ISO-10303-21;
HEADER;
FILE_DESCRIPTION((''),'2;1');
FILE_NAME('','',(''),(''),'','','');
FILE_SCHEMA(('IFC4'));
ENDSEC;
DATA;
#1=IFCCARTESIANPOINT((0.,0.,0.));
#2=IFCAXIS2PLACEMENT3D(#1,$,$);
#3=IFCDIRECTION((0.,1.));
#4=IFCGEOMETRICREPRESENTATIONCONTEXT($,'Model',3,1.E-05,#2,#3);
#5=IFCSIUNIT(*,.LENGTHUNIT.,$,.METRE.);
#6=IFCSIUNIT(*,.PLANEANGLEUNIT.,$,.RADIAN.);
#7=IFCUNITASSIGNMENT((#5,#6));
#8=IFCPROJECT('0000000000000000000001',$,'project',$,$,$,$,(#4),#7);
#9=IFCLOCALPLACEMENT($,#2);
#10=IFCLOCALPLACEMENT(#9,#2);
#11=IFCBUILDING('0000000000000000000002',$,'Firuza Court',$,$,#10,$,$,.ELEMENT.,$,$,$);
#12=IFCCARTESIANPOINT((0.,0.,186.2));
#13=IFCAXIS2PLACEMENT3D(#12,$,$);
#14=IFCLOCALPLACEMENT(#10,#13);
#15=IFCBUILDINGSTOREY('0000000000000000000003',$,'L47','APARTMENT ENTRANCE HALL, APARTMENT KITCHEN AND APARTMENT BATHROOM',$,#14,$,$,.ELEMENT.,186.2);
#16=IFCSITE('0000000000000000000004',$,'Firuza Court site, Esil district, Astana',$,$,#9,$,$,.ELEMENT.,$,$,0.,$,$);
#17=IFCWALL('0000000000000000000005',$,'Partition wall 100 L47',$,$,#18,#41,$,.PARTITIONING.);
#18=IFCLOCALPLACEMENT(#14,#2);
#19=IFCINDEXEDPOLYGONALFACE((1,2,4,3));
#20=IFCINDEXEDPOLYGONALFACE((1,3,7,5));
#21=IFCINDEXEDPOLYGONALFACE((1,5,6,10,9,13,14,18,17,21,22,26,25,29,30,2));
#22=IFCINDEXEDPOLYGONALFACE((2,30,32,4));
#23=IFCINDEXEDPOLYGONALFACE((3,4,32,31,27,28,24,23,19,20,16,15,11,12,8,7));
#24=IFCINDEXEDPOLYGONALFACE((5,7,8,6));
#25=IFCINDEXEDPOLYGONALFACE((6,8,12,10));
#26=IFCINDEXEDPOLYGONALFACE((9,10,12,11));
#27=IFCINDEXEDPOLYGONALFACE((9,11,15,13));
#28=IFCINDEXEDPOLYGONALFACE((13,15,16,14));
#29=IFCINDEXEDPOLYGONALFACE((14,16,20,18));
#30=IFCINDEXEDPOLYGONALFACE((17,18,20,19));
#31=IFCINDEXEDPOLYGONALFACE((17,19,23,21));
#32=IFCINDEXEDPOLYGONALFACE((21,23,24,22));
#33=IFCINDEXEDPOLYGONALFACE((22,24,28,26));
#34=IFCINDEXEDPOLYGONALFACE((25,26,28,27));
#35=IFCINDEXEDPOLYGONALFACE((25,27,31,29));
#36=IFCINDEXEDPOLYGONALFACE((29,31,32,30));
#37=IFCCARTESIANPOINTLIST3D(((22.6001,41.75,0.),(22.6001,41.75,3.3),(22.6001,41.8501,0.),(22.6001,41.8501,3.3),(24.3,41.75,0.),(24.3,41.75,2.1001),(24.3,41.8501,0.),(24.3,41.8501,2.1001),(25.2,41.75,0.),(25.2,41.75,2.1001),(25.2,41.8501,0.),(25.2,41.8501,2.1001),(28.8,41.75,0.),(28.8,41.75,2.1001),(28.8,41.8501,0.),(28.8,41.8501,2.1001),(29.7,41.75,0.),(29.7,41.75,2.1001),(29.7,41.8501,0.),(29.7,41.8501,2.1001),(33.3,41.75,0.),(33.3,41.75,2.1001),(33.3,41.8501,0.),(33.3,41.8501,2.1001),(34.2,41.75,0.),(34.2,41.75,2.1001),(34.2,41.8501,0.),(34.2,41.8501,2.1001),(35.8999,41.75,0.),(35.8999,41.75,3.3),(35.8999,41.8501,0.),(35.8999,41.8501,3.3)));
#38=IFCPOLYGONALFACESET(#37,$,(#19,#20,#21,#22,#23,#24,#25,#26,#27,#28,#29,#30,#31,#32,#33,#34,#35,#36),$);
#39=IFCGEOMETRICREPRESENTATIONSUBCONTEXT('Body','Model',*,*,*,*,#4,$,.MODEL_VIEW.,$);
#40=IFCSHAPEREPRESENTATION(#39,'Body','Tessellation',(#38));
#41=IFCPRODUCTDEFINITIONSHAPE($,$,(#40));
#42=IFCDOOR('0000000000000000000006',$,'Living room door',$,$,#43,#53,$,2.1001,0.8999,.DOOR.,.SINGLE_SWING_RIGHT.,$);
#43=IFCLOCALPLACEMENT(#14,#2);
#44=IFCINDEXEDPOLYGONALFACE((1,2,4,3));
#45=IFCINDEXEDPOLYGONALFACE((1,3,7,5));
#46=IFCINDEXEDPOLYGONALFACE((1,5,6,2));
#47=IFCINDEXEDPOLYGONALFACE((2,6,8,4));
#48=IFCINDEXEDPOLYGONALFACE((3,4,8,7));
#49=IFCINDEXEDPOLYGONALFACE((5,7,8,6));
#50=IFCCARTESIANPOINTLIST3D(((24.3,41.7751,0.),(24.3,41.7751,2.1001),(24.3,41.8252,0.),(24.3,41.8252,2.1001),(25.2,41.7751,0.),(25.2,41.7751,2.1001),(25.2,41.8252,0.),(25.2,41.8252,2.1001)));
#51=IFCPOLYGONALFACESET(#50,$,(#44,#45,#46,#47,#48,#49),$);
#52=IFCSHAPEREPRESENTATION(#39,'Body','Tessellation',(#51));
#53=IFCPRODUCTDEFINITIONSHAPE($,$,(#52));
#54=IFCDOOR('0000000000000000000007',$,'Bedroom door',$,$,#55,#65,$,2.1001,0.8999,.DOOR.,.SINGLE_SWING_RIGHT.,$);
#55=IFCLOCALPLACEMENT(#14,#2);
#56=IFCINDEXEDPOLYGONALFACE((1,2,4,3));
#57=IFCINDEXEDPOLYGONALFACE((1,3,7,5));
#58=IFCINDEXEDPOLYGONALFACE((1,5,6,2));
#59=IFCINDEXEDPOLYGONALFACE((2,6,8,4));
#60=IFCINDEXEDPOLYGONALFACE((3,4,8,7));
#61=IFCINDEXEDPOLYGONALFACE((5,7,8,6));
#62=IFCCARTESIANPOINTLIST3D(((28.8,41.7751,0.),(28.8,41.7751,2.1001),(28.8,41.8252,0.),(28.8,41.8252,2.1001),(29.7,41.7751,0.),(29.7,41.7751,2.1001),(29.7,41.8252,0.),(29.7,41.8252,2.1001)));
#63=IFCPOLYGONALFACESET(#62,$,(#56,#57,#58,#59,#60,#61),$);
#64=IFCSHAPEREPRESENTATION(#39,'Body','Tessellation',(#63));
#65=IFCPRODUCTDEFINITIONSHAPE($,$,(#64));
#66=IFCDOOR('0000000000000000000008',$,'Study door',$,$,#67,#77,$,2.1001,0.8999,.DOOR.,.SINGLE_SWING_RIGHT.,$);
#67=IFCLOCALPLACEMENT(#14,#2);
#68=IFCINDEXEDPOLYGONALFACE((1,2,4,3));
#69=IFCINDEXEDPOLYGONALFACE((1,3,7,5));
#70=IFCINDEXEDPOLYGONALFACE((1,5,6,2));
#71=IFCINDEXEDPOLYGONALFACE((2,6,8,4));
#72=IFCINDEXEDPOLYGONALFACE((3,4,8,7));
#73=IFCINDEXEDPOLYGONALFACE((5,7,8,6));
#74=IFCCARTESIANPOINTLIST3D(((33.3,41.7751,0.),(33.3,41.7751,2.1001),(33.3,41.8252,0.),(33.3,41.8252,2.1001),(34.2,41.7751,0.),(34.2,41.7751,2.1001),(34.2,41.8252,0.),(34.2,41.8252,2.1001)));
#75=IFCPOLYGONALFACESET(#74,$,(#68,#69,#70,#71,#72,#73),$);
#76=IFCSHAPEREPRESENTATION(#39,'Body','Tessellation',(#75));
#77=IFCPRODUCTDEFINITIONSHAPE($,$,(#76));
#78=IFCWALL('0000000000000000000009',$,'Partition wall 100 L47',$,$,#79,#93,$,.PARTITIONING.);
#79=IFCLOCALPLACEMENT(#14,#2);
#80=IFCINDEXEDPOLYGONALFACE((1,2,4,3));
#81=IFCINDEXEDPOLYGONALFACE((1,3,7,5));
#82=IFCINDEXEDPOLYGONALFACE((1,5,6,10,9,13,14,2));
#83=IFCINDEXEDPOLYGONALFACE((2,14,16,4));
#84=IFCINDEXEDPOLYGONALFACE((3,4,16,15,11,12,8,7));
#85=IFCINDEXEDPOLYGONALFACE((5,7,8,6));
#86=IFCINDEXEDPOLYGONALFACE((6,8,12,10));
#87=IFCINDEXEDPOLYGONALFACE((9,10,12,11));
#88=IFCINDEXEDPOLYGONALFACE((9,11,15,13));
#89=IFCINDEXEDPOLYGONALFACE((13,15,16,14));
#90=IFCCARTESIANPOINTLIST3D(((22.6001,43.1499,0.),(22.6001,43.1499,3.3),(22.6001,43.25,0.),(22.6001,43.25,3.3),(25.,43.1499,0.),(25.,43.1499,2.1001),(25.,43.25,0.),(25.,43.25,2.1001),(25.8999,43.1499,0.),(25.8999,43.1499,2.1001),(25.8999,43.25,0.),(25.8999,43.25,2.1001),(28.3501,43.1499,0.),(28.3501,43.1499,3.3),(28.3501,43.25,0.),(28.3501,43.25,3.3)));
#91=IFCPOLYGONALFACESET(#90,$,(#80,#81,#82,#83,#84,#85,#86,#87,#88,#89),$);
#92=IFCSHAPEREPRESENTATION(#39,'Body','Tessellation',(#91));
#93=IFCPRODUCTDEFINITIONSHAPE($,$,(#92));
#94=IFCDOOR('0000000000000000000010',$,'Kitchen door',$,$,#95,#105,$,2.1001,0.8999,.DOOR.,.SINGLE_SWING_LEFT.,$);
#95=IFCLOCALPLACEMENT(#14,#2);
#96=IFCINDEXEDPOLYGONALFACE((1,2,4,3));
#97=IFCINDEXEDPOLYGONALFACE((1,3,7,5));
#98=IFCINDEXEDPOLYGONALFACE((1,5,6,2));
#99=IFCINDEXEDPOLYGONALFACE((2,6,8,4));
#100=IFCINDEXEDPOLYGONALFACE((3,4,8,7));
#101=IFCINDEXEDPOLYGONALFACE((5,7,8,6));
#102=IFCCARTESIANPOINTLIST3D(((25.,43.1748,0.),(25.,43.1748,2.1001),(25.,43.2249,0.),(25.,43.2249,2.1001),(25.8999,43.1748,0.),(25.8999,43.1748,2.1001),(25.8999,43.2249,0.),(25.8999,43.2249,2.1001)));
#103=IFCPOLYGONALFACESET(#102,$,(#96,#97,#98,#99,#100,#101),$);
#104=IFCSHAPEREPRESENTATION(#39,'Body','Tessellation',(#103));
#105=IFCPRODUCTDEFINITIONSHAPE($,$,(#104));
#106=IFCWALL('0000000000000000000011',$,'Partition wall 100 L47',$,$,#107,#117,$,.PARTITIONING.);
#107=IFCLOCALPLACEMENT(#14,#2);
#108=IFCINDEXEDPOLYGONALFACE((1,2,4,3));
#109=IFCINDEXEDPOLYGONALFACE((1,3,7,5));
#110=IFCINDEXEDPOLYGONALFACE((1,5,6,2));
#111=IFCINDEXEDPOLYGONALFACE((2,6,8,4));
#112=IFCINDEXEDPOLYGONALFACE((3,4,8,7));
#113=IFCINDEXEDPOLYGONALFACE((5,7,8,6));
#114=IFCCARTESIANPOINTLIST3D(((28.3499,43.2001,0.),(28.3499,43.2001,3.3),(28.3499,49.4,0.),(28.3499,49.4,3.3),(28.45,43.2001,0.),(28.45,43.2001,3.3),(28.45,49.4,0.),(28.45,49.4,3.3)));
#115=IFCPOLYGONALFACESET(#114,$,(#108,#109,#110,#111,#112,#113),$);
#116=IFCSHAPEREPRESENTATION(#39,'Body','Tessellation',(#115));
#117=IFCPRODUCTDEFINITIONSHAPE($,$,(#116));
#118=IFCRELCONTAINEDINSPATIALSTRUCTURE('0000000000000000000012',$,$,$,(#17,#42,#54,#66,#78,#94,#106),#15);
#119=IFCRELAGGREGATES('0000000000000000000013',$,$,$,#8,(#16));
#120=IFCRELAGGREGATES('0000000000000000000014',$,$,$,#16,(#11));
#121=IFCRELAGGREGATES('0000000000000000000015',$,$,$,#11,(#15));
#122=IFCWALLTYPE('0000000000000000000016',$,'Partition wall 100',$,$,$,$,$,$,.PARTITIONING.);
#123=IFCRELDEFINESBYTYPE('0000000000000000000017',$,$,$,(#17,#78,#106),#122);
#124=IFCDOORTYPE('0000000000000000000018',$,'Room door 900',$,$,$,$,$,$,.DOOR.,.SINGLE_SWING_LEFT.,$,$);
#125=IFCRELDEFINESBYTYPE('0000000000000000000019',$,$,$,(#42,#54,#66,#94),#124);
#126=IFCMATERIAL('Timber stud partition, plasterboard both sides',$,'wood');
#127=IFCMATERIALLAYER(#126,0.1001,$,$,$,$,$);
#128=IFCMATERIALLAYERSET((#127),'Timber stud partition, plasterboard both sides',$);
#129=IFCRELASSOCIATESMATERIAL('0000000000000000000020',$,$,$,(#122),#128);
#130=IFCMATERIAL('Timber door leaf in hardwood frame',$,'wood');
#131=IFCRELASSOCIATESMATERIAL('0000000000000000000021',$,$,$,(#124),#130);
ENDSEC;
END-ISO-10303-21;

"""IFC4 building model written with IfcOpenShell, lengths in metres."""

from ifc_helpers import new_model, si_unit, direction, frame, frame_2d, origin, place, context, subcontext, project, spatial, rectangle, extrude, material, layer, layer_set, type_object, element, fill, save


model = new_model("IFC4")

# Units and contexts
model_context = context("Model", 3, precision=1e-05, world=origin(), true_north=direction((0.0, 1.0)))
body_context = subcontext(model_context, "Body", "Model", "MODEL_VIEW")
ifc_project = project(units=[si_unit("LENGTHUNIT", "METRE"), si_unit("PLANEANGLEUNIT", "RADIAN")], contexts=[model_context])

# Site, building, storey
site_placement = place(None, origin())
site = spatial("IfcSite", under=ifc_project, at=site_placement, Name="Firuza Court site, Esil district, Astana", CompositionType="ELEMENT", RefElevation=0.0)
building_placement = place(site_placement, origin())
building = spatial("IfcBuilding", under=site, at=building_placement, Name="Firuza Court", CompositionType="ELEMENT")
storey_placement = place(building_placement, frame((0.0, 0.0, 186.2)))
storey = spatial("IfcBuildingStorey", under=building, at=storey_placement, Name="L47", Description="APARTMENT ENTRANCE HALL, APARTMENT KITCHEN AND APARTMENT BATHROOM", CompositionType="ELEMENT", Elevation=186.2)

# Shared definitions
ifc_material_1 = material(Name="Timber stud partition, plasterboard both sides", Category="wood")
ifc_layer_1 = layer(ifc_material_1, 0.1001)
ifc_layer_set_1 = layer_set([ifc_layer_1], Name="Timber stud partition, plasterboard both sides")
wall_type_1 = type_object("IfcWallType", Name="Partition wall 100", PredefinedType="PARTITIONING", material=ifc_layer_set_1)

# Wall, openings, doors
wall_1_placement = place(storey_placement, frame((22.6001, 41.8, 0.0), z_axis=(0.0, 0.0, 1.0), x_axis=(1.0, 0.0, 0.0)))
wall_1 = element("IfcWall", 1, at=wall_1_placement, inside=storey, type_object=wall_type_1, Name="Partition wall 100 L47", PredefinedType="PARTITIONING", context=body_context, shape_type="SweptSolid", body=[
    extrude(rectangle(XDim=13.2998, YDim=0.1001, at=frame_2d((6.6499, 0.0))), origin(), (0.0, 0.0, 1.0), 3.3),
])
opening_1_placement = place(wall_1_placement, frame((1.7, 0.0, 0.0)))
opening_1 = element("IfcOpeningElement", 2, at=opening_1_placement, cuts=wall_1, PredefinedType="OPENING", context=body_context, shape_type="SweptSolid", body=[
    extrude(rectangle(XDim=0.8999, YDim=2.1001, at=frame_2d((0.45, 1.05))), frame((0.0, 0.062, 0.0), z_axis=(0.0, -1.0, 0.0), x_axis=(1.0, 0.0, 0.0)), (0.0, 0.0, 1.0), 0.124),
])
opening_2_placement = place(wall_1_placement, frame((6.2, 0.0, 0.0)))
opening_2 = element("IfcOpeningElement", 3, at=opening_2_placement, cuts=wall_1, PredefinedType="OPENING", context=body_context, shape_type="SweptSolid", body=[
    extrude(rectangle(XDim=0.8999, YDim=2.1001, at=frame_2d((0.45, 1.05))), frame((0.0, 0.062, 0.0), z_axis=(0.0, -1.0, 0.0), x_axis=(1.0, 0.0, 0.0)), (0.0, 0.0, 1.0), 0.124),
])
opening_3_placement = place(wall_1_placement, frame((10.7, 0.0, 0.0)))
opening_3 = element("IfcOpeningElement", 4, at=opening_3_placement, cuts=wall_1, PredefinedType="OPENING", context=body_context, shape_type="SweptSolid", body=[
    extrude(rectangle(XDim=0.8999, YDim=2.1001, at=frame_2d((0.45, 1.05))), frame((0.0, 0.062, 0.0), z_axis=(0.0, -1.0, 0.0), x_axis=(1.0, 0.0, 0.0)), (0.0, 0.0, 1.0), 0.124),
])
ifc_material_2 = material(Name="Timber door leaf in hardwood frame", Category="wood")
door_type_1 = type_object("IfcDoorType", Name="Room door 900", OperationType="SINGLE_SWING_LEFT", PredefinedType="DOOR", material=ifc_material_2)
door_1_placement = place(opening_1_placement, frame((0.8999, 0.0, 0.0), z_axis=(0.0, 0.0, 1.0), x_axis=(-1.0, 0.0, 0.0)))
door_1 = element("IfcDoor", 5, at=door_1_placement, inside=storey, type_object=door_type_1, Name="Living room door", OperationType="SINGLE_SWING_RIGHT", OverallHeight=2.1001, OverallWidth=0.8999, PredefinedType="DOOR", context=body_context, shape_type="SweptSolid", body=[
    extrude(rectangle(XDim=0.8999, YDim=2.1001, at=frame_2d((0.45, 1.05))), frame((0.0, 0.0249, 0.0), z_axis=(0.0, -1.0, 0.0), x_axis=(1.0, 0.0, 0.0)), (0.0, 0.0, 1.0), 0.05),
])
fill(opening_1, door_1)
door_2_placement = place(opening_2_placement, frame((0.8999, 0.0, 0.0), z_axis=(0.0, 0.0, 1.0), x_axis=(-1.0, 0.0, 0.0)))
door_2 = element("IfcDoor", 6, at=door_2_placement, inside=storey, type_object=door_type_1, Name="Bedroom door", OperationType="SINGLE_SWING_RIGHT", OverallHeight=2.1001, OverallWidth=0.8999, PredefinedType="DOOR", context=body_context, shape_type="SweptSolid", body=[
    extrude(rectangle(XDim=0.8999, YDim=2.1001, at=frame_2d((0.45, 1.05))), frame((0.0, 0.0249, 0.0), z_axis=(0.0, -1.0, 0.0), x_axis=(1.0, 0.0, 0.0)), (0.0, 0.0, 1.0), 0.05),
])
fill(opening_2, door_2)
door_3_placement = place(opening_3_placement, frame((0.8999, 0.0, 0.0), z_axis=(0.0, 0.0, 1.0), x_axis=(-1.0, 0.0, 0.0)))
door_3 = element("IfcDoor", 7, at=door_3_placement, inside=storey, type_object=door_type_1, Name="Study door", OperationType="SINGLE_SWING_RIGHT", OverallHeight=2.1001, OverallWidth=0.8999, PredefinedType="DOOR", context=body_context, shape_type="SweptSolid", body=[
    extrude(rectangle(XDim=0.8999, YDim=2.1001, at=frame_2d((0.45, 1.05))), frame((0.0, 0.0249, 0.0), z_axis=(0.0, -1.0, 0.0), x_axis=(1.0, 0.0, 0.0)), (0.0, 0.0, 1.0), 0.05),
])
fill(opening_3, door_3)

# Wall, opening, door
wall_2_placement = place(storey_placement, frame((22.6001, 43.2, 0.0), z_axis=(0.0, 0.0, 1.0), x_axis=(1.0, 0.0, 0.0)))
wall_2 = element("IfcWall", 8, at=wall_2_placement, inside=storey, type_object=wall_type_1, Name="Partition wall 100 L47", PredefinedType="PARTITIONING", context=body_context, shape_type="SweptSolid", body=[
    extrude(rectangle(XDim=5.75, YDim=0.1001, at=frame_2d((2.875, 0.0))), origin(), (0.0, 0.0, 1.0), 3.3),
])
opening_4_placement = place(wall_2_placement, frame((2.3999, 0.0, 0.0)))
opening_4 = element("IfcOpeningElement", 9, at=opening_4_placement, cuts=wall_2, PredefinedType="OPENING", context=body_context, shape_type="SweptSolid", body=[
    extrude(rectangle(XDim=0.8999, YDim=2.1001, at=frame_2d((0.45, 1.05))), frame((0.0, 0.062, 0.0), z_axis=(0.0, -1.0, 0.0), x_axis=(1.0, 0.0, 0.0)), (0.0, 0.0, 1.0), 0.124),
])
door_4_placement = place(opening_4_placement, origin())
door_4 = element("IfcDoor", 10, at=door_4_placement, inside=storey, type_object=door_type_1, Name="Kitchen door", OperationType="SINGLE_SWING_LEFT", OverallHeight=2.1001, OverallWidth=0.8999, PredefinedType="DOOR", context=body_context, shape_type="SweptSolid", body=[
    extrude(rectangle(XDim=0.8999, YDim=2.1001, at=frame_2d((0.45, 1.05))), frame((0.0, 0.0249, 0.0), z_axis=(0.0, -1.0, 0.0), x_axis=(1.0, 0.0, 0.0)), (0.0, 0.0, 1.0), 0.05),
])
fill(opening_4, door_4)

# Wall
wall_3_placement = place(storey_placement, frame((28.3999, 43.2, 0.0), z_axis=(0.0, 0.0, 1.0), x_axis=(0.0, 1.0, 0.0)))
element("IfcWall", 11, at=wall_3_placement, inside=storey, type_object=wall_type_1, Name="Partition wall 100 L47", PredefinedType="PARTITIONING", context=body_context, shape_type="SweptSolid", body=[
    extrude(rectangle(XDim=6.2, YDim=0.1001, at=frame_2d((3.1001, 0.0))), origin(), (0.0, 0.0, 1.0), 3.3),
])

save(model, "model.ifc")
